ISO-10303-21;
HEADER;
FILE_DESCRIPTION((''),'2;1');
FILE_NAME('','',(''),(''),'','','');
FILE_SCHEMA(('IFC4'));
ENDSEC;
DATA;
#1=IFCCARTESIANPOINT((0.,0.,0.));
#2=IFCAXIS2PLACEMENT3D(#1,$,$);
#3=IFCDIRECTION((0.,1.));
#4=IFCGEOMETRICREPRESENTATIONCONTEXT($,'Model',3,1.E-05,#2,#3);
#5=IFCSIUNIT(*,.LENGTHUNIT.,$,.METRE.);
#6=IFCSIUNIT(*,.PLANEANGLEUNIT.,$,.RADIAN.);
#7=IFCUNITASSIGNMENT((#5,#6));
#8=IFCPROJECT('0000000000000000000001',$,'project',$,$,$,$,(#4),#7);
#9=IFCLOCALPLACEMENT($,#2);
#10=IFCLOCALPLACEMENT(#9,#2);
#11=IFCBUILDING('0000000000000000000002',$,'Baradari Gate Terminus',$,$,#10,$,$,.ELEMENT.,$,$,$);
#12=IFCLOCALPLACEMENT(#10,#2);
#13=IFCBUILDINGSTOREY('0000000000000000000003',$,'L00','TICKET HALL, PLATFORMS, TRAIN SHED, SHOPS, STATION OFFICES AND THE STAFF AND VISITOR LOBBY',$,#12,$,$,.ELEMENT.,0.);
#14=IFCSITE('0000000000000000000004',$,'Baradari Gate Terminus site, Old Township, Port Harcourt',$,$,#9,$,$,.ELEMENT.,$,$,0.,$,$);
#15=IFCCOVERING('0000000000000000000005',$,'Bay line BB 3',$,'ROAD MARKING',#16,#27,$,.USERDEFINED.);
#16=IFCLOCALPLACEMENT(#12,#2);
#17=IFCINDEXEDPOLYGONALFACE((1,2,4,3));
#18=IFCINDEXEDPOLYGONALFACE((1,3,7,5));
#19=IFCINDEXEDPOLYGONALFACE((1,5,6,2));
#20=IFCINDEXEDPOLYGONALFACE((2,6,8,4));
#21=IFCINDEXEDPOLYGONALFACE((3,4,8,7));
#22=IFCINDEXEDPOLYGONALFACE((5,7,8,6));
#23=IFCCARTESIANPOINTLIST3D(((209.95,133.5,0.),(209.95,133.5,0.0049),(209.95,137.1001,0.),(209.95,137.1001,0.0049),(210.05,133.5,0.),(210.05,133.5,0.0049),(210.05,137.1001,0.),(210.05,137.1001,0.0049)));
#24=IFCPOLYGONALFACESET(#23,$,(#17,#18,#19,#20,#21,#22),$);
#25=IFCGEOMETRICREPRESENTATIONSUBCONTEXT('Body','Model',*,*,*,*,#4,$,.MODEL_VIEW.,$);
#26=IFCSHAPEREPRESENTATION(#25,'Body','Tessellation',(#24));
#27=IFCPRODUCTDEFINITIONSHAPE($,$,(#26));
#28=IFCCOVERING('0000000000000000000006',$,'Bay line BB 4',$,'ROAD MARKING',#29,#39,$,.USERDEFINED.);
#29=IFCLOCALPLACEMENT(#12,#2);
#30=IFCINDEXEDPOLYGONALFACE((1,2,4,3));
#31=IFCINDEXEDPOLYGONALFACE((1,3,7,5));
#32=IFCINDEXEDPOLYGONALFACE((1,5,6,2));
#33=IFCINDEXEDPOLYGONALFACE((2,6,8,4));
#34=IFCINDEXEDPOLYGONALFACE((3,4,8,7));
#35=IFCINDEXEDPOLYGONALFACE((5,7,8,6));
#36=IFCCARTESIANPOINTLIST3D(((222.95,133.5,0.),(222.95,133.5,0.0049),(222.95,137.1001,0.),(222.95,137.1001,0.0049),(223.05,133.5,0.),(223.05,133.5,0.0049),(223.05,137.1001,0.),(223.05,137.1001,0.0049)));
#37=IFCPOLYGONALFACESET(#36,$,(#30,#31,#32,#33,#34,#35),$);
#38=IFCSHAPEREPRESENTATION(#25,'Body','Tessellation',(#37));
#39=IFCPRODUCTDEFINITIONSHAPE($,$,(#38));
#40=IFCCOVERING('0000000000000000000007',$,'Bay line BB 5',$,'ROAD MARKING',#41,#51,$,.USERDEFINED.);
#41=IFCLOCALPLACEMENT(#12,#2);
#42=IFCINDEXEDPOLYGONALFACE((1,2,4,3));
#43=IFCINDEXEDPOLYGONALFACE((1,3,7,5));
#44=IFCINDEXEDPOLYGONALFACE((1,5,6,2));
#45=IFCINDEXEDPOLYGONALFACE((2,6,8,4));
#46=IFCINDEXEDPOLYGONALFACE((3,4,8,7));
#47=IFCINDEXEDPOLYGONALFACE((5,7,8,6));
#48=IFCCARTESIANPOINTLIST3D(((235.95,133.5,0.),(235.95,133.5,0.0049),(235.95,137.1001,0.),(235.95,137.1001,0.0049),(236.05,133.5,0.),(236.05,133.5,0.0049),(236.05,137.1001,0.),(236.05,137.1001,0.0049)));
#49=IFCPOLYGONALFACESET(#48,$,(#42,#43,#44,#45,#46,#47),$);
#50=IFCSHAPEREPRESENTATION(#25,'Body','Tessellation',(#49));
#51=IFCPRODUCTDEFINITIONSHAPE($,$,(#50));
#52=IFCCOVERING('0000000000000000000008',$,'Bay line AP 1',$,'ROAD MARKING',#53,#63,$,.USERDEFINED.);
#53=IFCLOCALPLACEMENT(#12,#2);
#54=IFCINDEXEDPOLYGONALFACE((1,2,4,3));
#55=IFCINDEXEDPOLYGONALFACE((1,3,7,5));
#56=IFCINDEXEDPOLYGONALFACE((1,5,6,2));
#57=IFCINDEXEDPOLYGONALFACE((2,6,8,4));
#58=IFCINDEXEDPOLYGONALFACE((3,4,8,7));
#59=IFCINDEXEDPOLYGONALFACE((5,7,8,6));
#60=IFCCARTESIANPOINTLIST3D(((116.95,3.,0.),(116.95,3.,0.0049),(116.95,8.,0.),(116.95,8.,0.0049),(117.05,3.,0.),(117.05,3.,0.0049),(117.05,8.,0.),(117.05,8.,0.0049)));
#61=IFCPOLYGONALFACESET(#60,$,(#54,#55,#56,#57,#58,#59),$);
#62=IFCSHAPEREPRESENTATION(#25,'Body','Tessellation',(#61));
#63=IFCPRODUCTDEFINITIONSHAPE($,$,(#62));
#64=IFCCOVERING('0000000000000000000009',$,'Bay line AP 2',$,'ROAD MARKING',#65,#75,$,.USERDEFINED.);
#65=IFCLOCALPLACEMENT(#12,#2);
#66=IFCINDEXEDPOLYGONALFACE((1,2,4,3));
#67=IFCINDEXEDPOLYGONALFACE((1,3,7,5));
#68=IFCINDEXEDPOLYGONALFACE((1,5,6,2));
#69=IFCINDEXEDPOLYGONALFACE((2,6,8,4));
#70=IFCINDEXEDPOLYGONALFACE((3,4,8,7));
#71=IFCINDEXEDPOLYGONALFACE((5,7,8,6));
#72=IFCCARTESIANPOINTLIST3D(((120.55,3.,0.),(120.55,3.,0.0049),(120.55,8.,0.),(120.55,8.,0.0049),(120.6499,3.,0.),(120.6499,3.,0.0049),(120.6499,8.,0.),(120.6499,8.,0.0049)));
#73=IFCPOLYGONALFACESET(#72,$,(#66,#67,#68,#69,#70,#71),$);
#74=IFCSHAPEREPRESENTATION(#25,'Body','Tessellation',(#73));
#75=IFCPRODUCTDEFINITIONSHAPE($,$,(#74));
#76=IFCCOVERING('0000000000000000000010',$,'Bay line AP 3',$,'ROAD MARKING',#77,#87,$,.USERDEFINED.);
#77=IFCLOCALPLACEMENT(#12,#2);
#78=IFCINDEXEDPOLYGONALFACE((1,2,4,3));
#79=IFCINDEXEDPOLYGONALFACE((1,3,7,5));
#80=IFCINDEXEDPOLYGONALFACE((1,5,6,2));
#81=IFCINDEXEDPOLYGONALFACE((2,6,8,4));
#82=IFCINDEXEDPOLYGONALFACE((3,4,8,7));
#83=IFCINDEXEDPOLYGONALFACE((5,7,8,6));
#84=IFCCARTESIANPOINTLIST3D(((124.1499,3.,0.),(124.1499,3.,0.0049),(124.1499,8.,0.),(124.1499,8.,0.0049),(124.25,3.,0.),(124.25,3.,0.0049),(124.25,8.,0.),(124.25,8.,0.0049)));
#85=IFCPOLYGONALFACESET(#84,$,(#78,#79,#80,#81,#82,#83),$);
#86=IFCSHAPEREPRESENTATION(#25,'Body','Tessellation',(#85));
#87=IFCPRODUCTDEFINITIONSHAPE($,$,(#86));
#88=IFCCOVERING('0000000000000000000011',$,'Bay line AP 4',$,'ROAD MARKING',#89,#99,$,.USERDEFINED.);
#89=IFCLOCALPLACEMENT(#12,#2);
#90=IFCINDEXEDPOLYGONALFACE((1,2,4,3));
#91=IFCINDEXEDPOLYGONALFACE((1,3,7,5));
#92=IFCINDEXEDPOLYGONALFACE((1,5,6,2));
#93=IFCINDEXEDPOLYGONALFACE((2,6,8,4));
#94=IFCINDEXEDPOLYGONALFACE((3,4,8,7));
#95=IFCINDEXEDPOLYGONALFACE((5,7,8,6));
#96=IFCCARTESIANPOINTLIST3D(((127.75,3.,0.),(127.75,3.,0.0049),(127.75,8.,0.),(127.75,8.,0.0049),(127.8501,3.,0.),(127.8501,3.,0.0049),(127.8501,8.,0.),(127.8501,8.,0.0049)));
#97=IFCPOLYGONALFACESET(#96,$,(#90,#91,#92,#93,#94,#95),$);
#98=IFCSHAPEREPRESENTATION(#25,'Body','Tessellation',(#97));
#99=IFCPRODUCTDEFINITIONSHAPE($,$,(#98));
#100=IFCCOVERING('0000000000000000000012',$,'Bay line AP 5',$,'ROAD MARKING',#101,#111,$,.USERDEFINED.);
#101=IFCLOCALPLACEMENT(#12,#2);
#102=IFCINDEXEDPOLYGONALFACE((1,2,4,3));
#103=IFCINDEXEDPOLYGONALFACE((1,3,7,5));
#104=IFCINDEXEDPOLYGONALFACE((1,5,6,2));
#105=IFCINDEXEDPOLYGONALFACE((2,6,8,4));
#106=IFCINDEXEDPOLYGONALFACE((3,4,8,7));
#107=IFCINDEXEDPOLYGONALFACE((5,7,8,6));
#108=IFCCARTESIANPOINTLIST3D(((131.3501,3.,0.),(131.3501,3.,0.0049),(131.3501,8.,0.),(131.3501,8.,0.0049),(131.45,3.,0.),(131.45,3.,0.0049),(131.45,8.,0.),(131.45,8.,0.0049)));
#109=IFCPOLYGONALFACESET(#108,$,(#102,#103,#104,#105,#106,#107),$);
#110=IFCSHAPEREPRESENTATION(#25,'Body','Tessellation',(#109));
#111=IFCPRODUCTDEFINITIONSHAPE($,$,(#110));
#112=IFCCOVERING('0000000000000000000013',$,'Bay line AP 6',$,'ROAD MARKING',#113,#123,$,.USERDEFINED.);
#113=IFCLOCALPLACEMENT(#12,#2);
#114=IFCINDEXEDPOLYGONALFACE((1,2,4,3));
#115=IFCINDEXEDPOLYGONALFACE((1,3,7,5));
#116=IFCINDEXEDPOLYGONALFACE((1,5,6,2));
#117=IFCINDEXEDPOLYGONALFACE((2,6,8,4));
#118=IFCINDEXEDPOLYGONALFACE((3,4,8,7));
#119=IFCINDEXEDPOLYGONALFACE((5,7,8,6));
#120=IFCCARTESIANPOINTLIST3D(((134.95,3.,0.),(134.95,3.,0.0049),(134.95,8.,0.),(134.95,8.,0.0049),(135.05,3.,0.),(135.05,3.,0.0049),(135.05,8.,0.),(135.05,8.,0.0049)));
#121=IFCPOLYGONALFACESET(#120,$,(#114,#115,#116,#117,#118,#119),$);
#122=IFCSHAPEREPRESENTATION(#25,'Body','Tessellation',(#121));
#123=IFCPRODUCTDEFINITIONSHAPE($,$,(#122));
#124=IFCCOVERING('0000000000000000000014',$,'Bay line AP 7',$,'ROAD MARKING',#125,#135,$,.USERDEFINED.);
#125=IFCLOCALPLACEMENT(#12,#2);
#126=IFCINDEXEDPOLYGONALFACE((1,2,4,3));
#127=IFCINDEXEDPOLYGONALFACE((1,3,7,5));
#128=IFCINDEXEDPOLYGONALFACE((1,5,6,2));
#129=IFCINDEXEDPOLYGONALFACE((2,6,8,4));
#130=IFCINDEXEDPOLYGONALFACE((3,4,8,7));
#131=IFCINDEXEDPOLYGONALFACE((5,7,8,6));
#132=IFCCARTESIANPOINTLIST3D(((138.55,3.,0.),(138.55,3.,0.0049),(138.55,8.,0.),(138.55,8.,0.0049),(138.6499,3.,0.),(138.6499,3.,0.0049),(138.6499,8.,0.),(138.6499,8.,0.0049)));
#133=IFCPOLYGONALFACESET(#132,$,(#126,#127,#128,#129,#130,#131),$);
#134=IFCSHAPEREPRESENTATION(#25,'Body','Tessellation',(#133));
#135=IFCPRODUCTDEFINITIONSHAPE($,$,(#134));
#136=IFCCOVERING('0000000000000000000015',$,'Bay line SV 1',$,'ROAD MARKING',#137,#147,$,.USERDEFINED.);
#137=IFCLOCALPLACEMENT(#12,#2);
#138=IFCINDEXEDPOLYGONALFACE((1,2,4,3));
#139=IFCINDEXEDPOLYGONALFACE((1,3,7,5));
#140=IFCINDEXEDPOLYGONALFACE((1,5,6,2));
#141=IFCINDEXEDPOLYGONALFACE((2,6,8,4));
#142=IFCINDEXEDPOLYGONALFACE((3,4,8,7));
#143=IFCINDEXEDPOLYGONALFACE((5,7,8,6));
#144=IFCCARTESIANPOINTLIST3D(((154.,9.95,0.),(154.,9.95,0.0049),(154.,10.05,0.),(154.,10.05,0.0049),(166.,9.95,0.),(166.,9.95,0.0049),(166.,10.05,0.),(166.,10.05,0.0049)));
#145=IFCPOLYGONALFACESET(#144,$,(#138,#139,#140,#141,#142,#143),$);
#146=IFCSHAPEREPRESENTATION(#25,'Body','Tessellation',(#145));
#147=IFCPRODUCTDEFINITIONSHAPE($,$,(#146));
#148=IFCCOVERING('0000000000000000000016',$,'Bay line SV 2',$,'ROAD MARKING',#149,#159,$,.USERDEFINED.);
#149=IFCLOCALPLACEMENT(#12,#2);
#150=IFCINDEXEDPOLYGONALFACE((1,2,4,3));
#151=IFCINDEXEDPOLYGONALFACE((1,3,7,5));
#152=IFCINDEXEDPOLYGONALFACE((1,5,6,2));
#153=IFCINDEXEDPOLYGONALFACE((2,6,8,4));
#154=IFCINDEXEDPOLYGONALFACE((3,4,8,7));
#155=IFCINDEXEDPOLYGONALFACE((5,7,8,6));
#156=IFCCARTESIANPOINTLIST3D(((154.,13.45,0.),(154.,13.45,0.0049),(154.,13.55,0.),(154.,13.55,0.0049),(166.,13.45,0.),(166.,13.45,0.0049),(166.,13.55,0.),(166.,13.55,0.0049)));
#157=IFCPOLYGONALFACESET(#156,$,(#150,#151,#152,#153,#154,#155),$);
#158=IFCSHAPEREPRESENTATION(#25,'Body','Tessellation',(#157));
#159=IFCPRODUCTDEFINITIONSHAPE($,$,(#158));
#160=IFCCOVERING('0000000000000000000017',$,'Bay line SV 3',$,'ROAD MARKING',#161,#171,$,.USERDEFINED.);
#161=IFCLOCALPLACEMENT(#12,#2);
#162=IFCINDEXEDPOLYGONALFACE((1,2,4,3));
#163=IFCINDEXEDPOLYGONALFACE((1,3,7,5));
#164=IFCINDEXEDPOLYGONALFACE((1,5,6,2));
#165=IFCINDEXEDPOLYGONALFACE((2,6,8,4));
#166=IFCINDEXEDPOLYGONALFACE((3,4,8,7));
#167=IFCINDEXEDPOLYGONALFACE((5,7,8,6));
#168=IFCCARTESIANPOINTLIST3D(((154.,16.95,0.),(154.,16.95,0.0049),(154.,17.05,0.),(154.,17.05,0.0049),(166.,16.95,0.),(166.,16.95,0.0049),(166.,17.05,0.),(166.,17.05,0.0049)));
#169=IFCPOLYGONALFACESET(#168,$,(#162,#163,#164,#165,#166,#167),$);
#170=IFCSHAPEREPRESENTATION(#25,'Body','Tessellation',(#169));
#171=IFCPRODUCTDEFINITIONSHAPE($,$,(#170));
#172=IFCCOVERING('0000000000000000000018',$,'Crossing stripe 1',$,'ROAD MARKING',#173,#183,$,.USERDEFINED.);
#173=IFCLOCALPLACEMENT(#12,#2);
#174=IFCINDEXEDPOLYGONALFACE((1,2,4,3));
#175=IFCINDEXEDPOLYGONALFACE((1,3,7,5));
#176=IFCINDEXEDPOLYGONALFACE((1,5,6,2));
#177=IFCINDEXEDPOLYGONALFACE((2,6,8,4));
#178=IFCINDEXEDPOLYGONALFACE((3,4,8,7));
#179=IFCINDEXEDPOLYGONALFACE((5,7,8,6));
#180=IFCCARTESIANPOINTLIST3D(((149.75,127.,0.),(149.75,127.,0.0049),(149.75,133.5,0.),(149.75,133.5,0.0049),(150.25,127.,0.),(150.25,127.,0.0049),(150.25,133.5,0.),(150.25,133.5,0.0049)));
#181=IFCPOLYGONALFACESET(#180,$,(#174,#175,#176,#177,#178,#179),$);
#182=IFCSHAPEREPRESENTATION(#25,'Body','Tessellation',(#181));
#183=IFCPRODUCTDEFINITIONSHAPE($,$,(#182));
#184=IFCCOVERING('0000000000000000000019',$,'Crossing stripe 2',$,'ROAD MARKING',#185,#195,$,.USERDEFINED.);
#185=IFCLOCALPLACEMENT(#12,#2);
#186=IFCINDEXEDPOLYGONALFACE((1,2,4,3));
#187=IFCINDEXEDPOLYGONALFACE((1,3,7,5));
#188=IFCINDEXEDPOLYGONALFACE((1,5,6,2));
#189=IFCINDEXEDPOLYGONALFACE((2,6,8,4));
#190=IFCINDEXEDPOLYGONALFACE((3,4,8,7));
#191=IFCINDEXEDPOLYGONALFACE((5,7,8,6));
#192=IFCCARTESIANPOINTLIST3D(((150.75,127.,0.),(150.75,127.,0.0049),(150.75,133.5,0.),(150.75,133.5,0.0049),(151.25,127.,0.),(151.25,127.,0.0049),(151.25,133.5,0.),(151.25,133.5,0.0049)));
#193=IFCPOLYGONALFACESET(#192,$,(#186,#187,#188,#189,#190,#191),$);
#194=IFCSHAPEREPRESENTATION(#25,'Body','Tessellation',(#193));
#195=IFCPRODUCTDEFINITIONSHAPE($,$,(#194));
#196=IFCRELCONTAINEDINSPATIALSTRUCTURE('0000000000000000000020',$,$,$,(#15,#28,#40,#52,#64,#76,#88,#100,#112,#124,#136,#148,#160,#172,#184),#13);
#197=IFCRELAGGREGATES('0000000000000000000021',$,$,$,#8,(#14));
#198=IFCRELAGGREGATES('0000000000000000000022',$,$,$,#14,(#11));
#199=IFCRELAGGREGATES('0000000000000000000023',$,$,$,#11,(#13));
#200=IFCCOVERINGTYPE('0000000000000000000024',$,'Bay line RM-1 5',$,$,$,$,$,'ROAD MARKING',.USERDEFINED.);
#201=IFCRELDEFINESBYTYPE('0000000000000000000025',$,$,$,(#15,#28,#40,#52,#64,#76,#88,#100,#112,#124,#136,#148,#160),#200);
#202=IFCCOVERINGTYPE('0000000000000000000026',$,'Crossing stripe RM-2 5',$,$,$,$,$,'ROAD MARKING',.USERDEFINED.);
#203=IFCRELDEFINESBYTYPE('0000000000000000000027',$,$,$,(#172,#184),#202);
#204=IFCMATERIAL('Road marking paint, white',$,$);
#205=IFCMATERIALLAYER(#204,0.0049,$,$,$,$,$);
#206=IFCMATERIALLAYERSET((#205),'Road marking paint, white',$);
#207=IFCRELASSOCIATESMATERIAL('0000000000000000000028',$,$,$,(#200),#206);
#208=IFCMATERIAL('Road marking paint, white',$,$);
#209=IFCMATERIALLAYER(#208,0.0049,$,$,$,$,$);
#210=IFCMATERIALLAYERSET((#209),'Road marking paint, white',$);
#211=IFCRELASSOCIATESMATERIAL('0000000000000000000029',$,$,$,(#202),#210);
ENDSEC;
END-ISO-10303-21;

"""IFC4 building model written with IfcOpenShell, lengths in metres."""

from ifc_helpers import new_model, si_unit, direction, origin, place, context, subcontext, project, spatial, polyline, outline, extrude, material, layer, layer_set, type_object, element, save


model = new_model("IFC4")

# Units and contexts
model_context = context("Model", 3, precision=1e-05, world=origin(), true_north=direction((0.0, 1.0)))
body_context = subcontext(model_context, "Body", "Model", "MODEL_VIEW")
ifc_project = project(units=[si_unit("LENGTHUNIT", "METRE"), si_unit("PLANEANGLEUNIT", "RADIAN")], contexts=[model_context])

# Site, building, storey
site_placement = place(None, origin())
site = spatial("IfcSite", under=ifc_project, at=site_placement, Name="Baradari Gate Terminus site, Old Township, Port Harcourt", CompositionType="ELEMENT", RefElevation=0.0)
building_placement = place(site_placement, origin())
building = spatial("IfcBuilding", under=site, at=building_placement, Name="Baradari Gate Terminus", CompositionType="ELEMENT")
storey_placement = place(building_placement, origin())
storey = spatial("IfcBuildingStorey", under=building, at=storey_placement, Name="L00", Description="TICKET HALL, PLATFORMS, TRAIN SHED, SHOPS, STATION OFFICES AND THE STAFF AND VISITOR LOBBY", CompositionType="ELEMENT", Elevation=0.0)

# Coverings
ifc_material_1 = material(Name="Road marking paint, white")
ifc_layer_1 = layer(ifc_material_1, 0.0049)
ifc_layer_set_1 = layer_set([ifc_layer_1], Name="Road marking paint, white")
covering_type_1 = type_object("IfcCoveringType", Name="Bay line RM-1 5", ElementType="ROAD MARKING", PredefinedType="USERDEFINED", material=ifc_layer_set_1)
covering_1_placement = place(storey_placement, origin())
element("IfcCovering", 1, at=covering_1_placement, inside=storey, type_object=covering_type_1, Name="Bay line BB 3", ObjectType="ROAD MARKING", PredefinedType="USERDEFINED", context=body_context, shape_type="SweptSolid", body=[
    extrude(outline(polyline([(209.95, 133.5), (210.05, 133.5), (210.05, 137.1001), (209.95, 137.1001), (209.95, 133.5)])), origin(), (0.0, 0.0, 1.0), 0.0049),
])
covering_2_placement = place(storey_placement, origin())
element("IfcCovering", 2, at=covering_2_placement, inside=storey, type_object=covering_type_1, Name="Bay line BB 4", ObjectType="ROAD MARKING", PredefinedType="USERDEFINED", context=body_context, shape_type="SweptSolid", body=[
    extrude(outline(polyline([(222.95, 133.5), (223.05, 133.5), (223.05, 137.1001), (222.95, 137.1001), (222.95, 133.5)])), origin(), (0.0, 0.0, 1.0), 0.0049),
])
covering_3_placement = place(storey_placement, origin())
element("IfcCovering", 3, at=covering_3_placement, inside=storey, type_object=covering_type_1, Name="Bay line BB 5", ObjectType="ROAD MARKING", PredefinedType="USERDEFINED", context=body_context, shape_type="SweptSolid", body=[
    extrude(outline(polyline([(235.95, 133.5), (236.05, 133.5), (236.05, 137.1001), (235.95, 137.1001), (235.95, 133.5)])), origin(), (0.0, 0.0, 1.0), 0.0049),
])
covering_4_placement = place(storey_placement, origin())
element("IfcCovering", 4, at=covering_4_placement, inside=storey, type_object=covering_type_1, Name="Bay line AP 1", ObjectType="ROAD MARKING", PredefinedType="USERDEFINED", context=body_context, shape_type="SweptSolid", body=[
    extrude(outline(polyline([(116.95, 8.0), (116.95, 3.0), (117.05, 3.0), (117.05, 8.0), (116.95, 8.0)])), origin(), (0.0, 0.0, 1.0), 0.0049),
])
covering_5_placement = place(storey_placement, origin())
element("IfcCovering", 5, at=covering_5_placement, inside=storey, type_object=covering_type_1, Name="Bay line AP 2", ObjectType="ROAD MARKING", PredefinedType="USERDEFINED", context=body_context, shape_type="SweptSolid", body=[
    extrude(outline(polyline([(120.55, 8.0), (120.55, 3.0), (120.6499, 3.0), (120.6499, 8.0), (120.55, 8.0)])), origin(), (0.0, 0.0, 1.0), 0.0049),
])
covering_6_placement = place(storey_placement, origin())
element("IfcCovering", 6, at=covering_6_placement, inside=storey, type_object=covering_type_1, Name="Bay line AP 3", ObjectType="ROAD MARKING", PredefinedType="USERDEFINED", context=body_context, shape_type="SweptSolid", body=[
    extrude(outline(polyline([(124.1499, 8.0), (124.1499, 3.0), (124.25, 3.0), (124.25, 8.0), (124.1499, 8.0)])), origin(), (0.0, 0.0, 1.0), 0.0049),
])
covering_7_placement = place(storey_placement, origin())
element("IfcCovering", 7, at=covering_7_placement, inside=storey, type_object=covering_type_1, Name="Bay line AP 4", ObjectType="ROAD MARKING", PredefinedType="USERDEFINED", context=body_context, shape_type="SweptSolid", body=[
    extrude(outline(polyline([(127.75, 8.0), (127.75, 3.0), (127.8501, 3.0), (127.8501, 8.0), (127.75, 8.0)])), origin(), (0.0, 0.0, 1.0), 0.0049),
])
covering_8_placement = place(storey_placement, origin())
element("IfcCovering", 8, at=covering_8_placement, inside=storey, type_object=covering_type_1, Name="Bay line AP 5", ObjectType="ROAD MARKING", PredefinedType="USERDEFINED", context=body_context, shape_type="SweptSolid", body=[
    extrude(outline(polyline([(131.3501, 8.0), (131.3501, 3.0), (131.45, 3.0), (131.45, 8.0), (131.3501, 8.0)])), origin(), (0.0, 0.0, 1.0), 0.0049),
])
covering_9_placement = place(storey_placement, origin())
element("IfcCovering", 9, at=covering_9_placement, inside=storey, type_object=covering_type_1, Name="Bay line AP 6", ObjectType="ROAD MARKING", PredefinedType="USERDEFINED", context=body_context, shape_type="SweptSolid", body=[
    extrude(outline(polyline([(134.95, 8.0), (134.95, 3.0), (135.05, 3.0), (135.05, 8.0), (134.95, 8.0)])), origin(), (0.0, 0.0, 1.0), 0.0049),
])
covering_10_placement = place(storey_placement, origin())
element("IfcCovering", 10, at=covering_10_placement, inside=storey, type_object=covering_type_1, Name="Bay line AP 7", ObjectType="ROAD MARKING", PredefinedType="USERDEFINED", context=body_context, shape_type="SweptSolid", body=[
    extrude(outline(polyline([(138.55, 8.0), (138.55, 3.0), (138.6499, 3.0), (138.6499, 8.0), (138.55, 8.0)])), origin(), (0.0, 0.0, 1.0), 0.0049),
])
covering_11_placement = place(storey_placement, origin())
element("IfcCovering", 11, at=covering_11_placement, inside=storey, type_object=covering_type_1, Name="Bay line SV 1", ObjectType="ROAD MARKING", PredefinedType="USERDEFINED", context=body_context, shape_type="SweptSolid", body=[
    extrude(outline(polyline([(154.0, 9.95), (166.0, 9.95), (166.0, 10.05), (154.0, 10.05), (154.0, 9.95)])), origin(), (0.0, 0.0, 1.0), 0.0049),
])
covering_12_placement = place(storey_placement, origin())
element("IfcCovering", 12, at=covering_12_placement, inside=storey, type_object=covering_type_1, Name="Bay line SV 2", ObjectType="ROAD MARKING", PredefinedType="USERDEFINED", context=body_context, shape_type="SweptSolid", body=[
    extrude(outline(polyline([(154.0, 13.45), (166.0, 13.45), (166.0, 13.55), (154.0, 13.55), (154.0, 13.45)])), origin(), (0.0, 0.0, 1.0), 0.0049),
])
covering_13_placement = place(storey_placement, origin())
element("IfcCovering", 13, at=covering_13_placement, inside=storey, type_object=covering_type_1, Name="Bay line SV 3", ObjectType="ROAD MARKING", PredefinedType="USERDEFINED", context=body_context, shape_type="SweptSolid", body=[
    extrude(outline(polyline([(154.0, 16.95), (166.0, 16.95), (166.0, 17.05), (154.0, 17.05), (154.0, 16.95)])), origin(), (0.0, 0.0, 1.0), 0.0049),
])
ifc_material_2 = material(Name="Road marking paint, white")
ifc_layer_2 = layer(ifc_material_2, 0.0049)
ifc_layer_set_2 = layer_set([ifc_layer_2], Name="Road marking paint, white")
covering_type_2 = type_object("IfcCoveringType", Name="Crossing stripe RM-2 5", ElementType="ROAD MARKING", PredefinedType="USERDEFINED", material=ifc_layer_set_2)
covering_14_placement = place(storey_placement, origin())
element("IfcCovering", 14, at=covering_14_placement, inside=storey, type_object=covering_type_2, Name="Crossing stripe 1", ObjectType="ROAD MARKING", PredefinedType="USERDEFINED", context=body_context, shape_type="SweptSolid", body=[
    extrude(outline(polyline([(150.25, 127.0), (150.25, 133.5), (149.75, 133.5), (149.75, 127.0), (150.25, 127.0)])), origin(), (0.0, 0.0, 1.0), 0.0049),
])
covering_15_placement = place(storey_placement, origin())
element("IfcCovering", 15, at=covering_15_placement, inside=storey, type_object=covering_type_2, Name="Crossing stripe 2", ObjectType="ROAD MARKING", PredefinedType="USERDEFINED", context=body_context, shape_type="SweptSolid", body=[
    extrude(outline(polyline([(151.25, 127.0), (151.25, 133.5), (150.75, 133.5), (150.75, 127.0), (151.25, 127.0)])), origin(), (0.0, 0.0, 1.0), 0.0049),
])

save(model, "model.ifc")
